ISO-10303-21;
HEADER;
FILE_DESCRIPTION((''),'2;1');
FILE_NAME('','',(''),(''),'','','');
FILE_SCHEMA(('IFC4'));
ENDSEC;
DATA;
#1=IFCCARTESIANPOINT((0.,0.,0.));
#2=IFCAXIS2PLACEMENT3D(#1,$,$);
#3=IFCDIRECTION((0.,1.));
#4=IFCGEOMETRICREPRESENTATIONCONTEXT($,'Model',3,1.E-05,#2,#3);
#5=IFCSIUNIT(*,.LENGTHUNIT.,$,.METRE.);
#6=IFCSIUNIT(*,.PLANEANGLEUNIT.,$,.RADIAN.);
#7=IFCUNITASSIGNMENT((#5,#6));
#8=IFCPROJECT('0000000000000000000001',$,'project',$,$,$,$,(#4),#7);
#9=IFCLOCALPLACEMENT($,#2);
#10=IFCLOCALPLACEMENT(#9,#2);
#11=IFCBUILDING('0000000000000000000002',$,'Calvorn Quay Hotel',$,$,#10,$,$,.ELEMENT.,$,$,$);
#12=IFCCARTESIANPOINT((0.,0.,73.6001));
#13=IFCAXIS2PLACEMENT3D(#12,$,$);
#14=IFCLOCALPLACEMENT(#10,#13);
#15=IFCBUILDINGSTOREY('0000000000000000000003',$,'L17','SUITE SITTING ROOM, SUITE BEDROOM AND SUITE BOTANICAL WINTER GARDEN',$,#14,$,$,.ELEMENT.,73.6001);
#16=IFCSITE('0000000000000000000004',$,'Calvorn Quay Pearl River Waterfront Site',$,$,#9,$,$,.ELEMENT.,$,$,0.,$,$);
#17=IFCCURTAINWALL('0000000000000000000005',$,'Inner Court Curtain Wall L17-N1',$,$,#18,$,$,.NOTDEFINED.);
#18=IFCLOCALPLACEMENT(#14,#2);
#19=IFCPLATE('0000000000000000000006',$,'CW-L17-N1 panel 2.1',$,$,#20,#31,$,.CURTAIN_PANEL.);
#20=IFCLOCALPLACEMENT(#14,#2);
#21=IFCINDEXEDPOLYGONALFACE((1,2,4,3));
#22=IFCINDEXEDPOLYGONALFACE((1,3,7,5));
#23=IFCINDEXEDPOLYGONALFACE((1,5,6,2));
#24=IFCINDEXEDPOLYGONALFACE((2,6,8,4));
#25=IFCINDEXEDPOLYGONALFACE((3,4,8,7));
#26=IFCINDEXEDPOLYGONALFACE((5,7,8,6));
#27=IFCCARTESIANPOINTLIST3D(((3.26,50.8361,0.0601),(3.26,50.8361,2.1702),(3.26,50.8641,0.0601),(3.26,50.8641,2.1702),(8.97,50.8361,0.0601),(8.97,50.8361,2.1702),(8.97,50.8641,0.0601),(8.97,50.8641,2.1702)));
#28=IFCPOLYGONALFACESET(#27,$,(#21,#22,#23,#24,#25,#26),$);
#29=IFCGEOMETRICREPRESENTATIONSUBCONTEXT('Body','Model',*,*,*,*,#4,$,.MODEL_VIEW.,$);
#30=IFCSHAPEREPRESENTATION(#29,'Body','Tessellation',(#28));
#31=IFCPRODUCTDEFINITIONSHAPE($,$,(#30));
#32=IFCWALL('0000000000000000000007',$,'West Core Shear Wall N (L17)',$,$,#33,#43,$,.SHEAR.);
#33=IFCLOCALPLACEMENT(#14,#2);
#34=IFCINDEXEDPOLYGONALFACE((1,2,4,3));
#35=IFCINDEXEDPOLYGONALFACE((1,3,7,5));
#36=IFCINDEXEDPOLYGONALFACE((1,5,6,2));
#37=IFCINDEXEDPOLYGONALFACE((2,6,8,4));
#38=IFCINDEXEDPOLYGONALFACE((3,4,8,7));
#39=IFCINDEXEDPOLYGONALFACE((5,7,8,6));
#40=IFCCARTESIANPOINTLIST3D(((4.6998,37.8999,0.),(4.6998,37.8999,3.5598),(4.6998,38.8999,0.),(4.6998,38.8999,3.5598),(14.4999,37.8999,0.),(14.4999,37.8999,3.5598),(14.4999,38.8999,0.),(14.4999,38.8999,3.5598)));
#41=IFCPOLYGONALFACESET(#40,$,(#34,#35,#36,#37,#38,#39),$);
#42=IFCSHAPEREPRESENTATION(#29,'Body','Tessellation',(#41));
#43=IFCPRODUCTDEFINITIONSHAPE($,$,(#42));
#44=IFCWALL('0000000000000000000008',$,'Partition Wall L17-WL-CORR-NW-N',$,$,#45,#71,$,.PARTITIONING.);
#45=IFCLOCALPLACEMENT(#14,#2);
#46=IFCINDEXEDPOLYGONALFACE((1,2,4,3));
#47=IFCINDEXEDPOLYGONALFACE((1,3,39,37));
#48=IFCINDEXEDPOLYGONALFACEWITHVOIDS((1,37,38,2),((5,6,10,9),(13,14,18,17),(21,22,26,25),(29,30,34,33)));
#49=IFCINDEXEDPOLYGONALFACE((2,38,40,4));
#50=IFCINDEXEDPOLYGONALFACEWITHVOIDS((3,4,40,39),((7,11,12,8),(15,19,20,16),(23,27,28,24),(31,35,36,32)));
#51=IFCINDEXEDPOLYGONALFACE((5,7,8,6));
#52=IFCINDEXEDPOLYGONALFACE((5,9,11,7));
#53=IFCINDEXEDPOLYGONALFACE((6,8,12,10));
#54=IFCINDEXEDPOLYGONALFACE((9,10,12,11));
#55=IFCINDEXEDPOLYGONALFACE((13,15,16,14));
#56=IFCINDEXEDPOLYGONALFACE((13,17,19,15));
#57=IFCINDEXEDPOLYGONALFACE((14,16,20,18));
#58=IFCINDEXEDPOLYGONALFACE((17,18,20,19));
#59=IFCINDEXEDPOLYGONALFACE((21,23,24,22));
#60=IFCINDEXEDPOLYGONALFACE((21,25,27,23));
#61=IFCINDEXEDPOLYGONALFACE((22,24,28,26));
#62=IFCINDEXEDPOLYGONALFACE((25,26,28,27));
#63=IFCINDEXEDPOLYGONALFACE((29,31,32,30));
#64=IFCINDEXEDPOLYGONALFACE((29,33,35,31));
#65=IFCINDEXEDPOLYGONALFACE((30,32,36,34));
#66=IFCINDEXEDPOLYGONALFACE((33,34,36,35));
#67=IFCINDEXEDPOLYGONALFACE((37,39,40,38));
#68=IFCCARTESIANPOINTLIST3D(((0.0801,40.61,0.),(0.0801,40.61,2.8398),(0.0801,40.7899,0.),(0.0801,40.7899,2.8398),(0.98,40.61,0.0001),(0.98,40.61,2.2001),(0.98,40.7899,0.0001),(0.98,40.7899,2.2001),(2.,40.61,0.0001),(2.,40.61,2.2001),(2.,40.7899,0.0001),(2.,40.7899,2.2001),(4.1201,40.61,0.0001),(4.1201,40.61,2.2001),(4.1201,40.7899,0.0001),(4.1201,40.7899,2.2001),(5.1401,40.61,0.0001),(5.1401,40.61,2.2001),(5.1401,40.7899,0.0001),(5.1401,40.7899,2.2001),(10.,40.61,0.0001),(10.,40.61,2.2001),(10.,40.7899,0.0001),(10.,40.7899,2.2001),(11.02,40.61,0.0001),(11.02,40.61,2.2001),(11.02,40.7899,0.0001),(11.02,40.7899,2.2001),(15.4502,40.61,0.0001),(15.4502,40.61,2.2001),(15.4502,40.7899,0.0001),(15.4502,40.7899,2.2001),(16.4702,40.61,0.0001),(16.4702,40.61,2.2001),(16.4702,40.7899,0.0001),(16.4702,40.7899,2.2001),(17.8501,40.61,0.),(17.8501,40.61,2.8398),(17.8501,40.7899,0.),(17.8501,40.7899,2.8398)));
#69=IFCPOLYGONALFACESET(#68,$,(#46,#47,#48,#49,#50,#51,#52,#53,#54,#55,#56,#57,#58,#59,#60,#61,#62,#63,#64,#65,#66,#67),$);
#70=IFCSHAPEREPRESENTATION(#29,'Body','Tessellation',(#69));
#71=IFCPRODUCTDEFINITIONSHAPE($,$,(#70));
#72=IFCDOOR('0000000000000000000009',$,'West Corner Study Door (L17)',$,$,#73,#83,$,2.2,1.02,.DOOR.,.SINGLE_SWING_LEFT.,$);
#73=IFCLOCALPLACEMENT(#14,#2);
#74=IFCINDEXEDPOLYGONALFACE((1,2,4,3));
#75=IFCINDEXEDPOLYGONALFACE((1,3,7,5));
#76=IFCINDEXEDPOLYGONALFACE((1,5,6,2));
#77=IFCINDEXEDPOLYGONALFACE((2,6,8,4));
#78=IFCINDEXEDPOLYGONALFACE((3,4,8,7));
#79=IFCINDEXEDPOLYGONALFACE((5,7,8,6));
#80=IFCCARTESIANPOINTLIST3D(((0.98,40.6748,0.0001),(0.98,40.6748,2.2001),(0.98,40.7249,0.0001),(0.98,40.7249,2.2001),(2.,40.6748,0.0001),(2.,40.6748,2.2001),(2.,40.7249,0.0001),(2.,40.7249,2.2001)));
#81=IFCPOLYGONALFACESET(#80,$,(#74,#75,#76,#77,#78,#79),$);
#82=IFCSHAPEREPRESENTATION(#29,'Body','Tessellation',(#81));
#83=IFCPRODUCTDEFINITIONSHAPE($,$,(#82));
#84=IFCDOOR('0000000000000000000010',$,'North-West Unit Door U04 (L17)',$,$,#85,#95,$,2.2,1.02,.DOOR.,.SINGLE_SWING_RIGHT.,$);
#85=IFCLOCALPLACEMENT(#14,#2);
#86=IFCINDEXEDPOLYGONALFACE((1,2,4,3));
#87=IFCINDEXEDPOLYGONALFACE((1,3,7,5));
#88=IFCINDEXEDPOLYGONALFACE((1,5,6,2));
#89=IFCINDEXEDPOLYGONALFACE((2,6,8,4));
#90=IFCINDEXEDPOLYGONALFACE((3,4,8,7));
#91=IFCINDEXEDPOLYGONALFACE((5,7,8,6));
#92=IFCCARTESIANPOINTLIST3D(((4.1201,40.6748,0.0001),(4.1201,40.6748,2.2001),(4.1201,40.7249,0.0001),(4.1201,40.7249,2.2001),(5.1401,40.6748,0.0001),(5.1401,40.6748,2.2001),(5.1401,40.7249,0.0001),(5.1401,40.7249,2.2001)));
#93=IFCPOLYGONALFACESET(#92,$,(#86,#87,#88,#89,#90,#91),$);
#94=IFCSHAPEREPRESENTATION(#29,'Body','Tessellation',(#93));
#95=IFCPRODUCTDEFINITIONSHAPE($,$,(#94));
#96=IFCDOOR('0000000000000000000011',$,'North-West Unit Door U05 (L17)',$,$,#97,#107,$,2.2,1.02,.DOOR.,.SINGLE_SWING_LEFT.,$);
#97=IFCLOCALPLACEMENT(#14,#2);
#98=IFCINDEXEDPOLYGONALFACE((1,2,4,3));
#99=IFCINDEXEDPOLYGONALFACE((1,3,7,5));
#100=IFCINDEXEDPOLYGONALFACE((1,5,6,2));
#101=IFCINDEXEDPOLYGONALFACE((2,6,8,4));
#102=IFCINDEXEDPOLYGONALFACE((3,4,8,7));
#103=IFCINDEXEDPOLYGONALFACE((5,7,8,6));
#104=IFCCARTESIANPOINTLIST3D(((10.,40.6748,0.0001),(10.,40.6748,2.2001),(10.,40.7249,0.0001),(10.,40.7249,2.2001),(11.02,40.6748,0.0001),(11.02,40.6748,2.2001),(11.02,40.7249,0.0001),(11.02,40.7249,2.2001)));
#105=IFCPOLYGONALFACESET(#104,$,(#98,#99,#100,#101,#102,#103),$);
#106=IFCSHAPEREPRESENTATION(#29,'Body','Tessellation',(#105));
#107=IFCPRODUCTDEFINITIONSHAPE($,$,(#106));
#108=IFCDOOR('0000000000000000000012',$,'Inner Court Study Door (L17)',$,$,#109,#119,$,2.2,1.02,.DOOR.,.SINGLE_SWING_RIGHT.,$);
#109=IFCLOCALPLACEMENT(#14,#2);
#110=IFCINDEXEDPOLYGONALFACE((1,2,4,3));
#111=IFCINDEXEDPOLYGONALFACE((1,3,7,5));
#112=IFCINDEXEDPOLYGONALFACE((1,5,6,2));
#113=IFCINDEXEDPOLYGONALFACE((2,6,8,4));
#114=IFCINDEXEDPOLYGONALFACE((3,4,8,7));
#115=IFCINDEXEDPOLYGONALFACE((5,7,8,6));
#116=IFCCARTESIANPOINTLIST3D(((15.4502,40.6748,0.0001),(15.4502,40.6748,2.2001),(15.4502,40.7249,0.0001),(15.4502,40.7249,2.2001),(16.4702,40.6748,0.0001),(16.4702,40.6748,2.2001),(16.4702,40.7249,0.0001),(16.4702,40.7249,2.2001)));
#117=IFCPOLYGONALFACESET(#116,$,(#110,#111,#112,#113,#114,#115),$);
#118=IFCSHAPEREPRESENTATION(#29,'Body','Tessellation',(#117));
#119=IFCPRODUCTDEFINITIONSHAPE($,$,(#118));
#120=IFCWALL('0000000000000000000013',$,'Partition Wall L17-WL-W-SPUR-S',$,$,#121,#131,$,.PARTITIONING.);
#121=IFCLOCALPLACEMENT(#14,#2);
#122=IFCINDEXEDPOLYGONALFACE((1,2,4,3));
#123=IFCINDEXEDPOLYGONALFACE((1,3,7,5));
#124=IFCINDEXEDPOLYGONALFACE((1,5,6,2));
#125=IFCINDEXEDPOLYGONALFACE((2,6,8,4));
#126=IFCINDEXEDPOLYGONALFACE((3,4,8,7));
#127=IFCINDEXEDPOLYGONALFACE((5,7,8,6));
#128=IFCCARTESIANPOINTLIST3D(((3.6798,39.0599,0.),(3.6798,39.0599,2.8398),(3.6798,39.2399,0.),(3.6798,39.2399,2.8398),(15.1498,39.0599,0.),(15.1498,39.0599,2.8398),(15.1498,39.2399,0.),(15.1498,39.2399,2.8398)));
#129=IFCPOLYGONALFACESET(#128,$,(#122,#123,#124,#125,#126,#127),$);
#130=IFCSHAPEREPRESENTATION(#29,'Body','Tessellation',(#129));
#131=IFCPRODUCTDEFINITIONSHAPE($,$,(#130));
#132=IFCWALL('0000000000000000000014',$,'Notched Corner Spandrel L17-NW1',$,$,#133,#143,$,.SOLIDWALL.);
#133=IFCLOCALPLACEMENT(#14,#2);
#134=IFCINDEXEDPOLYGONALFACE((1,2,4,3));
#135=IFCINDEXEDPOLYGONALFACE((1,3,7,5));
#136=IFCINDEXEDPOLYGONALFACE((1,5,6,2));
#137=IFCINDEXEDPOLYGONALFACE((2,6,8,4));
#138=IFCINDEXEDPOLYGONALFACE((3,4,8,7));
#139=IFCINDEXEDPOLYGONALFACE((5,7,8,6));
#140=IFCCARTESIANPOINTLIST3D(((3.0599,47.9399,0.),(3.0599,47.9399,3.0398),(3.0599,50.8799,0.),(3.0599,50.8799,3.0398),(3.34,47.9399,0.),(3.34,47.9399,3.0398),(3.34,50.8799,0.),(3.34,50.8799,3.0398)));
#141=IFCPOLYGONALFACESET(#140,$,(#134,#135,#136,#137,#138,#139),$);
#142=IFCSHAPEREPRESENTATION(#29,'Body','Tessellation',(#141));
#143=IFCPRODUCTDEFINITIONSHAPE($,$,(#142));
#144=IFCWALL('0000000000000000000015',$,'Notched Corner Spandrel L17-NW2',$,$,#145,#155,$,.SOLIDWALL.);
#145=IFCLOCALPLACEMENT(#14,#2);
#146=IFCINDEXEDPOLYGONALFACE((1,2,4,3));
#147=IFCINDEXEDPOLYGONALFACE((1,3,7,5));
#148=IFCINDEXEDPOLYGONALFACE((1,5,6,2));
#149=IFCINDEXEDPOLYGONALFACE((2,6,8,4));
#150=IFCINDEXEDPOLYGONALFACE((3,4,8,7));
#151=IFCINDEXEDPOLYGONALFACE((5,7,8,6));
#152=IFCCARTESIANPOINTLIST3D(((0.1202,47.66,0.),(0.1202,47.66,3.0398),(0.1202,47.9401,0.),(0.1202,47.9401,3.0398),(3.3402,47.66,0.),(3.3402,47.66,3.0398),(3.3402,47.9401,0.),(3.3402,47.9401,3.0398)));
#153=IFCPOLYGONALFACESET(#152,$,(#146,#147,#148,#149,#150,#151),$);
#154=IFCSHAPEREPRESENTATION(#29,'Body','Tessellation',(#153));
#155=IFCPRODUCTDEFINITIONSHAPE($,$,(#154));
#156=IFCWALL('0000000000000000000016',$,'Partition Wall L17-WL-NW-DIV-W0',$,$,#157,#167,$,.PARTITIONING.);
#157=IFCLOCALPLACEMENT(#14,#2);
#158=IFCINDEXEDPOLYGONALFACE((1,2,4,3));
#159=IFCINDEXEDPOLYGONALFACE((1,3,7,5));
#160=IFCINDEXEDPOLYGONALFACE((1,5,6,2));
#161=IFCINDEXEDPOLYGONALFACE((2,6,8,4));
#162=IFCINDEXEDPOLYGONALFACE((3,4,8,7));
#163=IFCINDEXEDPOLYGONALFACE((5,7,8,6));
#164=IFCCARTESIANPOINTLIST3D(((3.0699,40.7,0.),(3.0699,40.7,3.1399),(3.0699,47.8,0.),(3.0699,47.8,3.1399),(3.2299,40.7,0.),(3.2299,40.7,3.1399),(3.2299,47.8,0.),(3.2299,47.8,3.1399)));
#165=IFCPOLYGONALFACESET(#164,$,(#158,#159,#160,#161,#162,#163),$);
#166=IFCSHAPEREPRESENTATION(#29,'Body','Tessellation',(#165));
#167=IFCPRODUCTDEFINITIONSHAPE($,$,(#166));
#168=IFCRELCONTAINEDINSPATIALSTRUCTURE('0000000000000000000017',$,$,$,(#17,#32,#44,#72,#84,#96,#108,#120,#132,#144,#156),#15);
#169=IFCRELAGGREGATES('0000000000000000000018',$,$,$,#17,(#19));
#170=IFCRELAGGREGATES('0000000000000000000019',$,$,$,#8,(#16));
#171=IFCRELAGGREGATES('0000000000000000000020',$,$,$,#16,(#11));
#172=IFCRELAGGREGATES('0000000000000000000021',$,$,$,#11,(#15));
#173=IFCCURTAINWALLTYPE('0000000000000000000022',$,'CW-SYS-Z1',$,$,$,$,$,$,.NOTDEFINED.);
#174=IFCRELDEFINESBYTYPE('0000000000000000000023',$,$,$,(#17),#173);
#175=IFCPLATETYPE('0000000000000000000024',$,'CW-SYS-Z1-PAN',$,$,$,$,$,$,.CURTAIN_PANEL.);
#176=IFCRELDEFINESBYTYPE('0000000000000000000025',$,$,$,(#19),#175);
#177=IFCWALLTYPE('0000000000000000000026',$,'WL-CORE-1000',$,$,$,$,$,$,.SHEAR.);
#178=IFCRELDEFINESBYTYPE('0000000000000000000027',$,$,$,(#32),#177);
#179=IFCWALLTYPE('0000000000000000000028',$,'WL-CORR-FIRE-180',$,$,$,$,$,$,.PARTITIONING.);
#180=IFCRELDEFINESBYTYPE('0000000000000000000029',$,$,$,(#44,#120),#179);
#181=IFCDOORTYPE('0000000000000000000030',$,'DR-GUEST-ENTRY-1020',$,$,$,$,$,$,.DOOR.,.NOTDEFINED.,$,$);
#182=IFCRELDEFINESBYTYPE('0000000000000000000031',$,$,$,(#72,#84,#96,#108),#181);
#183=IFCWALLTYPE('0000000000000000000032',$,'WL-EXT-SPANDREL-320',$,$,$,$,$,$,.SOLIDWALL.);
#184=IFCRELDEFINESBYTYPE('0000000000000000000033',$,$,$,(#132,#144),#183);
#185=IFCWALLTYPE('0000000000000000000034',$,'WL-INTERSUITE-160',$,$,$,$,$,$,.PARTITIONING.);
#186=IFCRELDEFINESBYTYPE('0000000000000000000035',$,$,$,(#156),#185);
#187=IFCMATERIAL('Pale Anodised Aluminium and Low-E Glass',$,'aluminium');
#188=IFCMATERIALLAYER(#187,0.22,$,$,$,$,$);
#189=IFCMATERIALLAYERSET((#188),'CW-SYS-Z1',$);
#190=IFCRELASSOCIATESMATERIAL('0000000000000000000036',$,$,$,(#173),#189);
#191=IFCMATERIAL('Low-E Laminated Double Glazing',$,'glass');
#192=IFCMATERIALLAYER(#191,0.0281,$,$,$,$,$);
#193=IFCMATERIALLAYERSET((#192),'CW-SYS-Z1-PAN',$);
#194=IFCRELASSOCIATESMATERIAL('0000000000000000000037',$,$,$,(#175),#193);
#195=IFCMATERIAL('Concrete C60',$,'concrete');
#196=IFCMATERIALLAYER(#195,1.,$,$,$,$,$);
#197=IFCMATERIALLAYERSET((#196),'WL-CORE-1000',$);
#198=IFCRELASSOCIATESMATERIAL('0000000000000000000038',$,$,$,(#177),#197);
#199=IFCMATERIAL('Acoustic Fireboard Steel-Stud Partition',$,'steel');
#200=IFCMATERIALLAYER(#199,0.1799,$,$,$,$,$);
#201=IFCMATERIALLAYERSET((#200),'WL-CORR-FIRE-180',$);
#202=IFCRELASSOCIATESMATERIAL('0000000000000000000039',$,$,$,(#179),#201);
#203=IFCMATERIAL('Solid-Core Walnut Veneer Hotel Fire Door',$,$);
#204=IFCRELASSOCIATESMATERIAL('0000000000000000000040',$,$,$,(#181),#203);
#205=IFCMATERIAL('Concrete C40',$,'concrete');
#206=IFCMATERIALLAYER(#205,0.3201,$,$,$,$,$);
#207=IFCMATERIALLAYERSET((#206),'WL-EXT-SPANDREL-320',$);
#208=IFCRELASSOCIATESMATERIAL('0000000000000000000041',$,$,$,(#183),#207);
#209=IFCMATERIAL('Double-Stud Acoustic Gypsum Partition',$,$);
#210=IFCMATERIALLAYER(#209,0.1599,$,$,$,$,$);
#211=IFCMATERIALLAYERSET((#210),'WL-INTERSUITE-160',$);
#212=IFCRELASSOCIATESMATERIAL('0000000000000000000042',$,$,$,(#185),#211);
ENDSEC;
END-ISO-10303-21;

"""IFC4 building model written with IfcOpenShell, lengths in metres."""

from ifc_helpers import new_model, si_unit, direction, frame, frame_2d, origin, origin_2d, place, context, subcontext, project, spatial, rectangle, extrude, material, layer, layer_set, type_object, element, fill, aggregate, save


model = new_model("IFC4")

# Units and contexts
model_context = context("Model", 3, precision=1e-05, world=origin(), true_north=direction((0.0, 1.0)))
body_context = subcontext(model_context, "Body", "Model", "MODEL_VIEW")
ifc_project = project(units=[si_unit("LENGTHUNIT", "METRE"), si_unit("PLANEANGLEUNIT", "RADIAN")], contexts=[model_context])

# Site, building, storey
site_placement = place(None, origin())
site = spatial("IfcSite", under=ifc_project, at=site_placement, Name="Calvorn Quay Pearl River Waterfront Site", CompositionType="ELEMENT", RefElevation=0.0)
building_placement = place(site_placement, origin())
building = spatial("IfcBuilding", under=site, at=building_placement, Name="Calvorn Quay Hotel", CompositionType="ELEMENT")
storey_placement = place(building_placement, frame((0.0, 0.0, 73.6001)))
storey = spatial("IfcBuildingStorey", under=building, at=storey_placement, Name="L17", Description="SUITE SITTING ROOM, SUITE BEDROOM AND SUITE BOTANICAL WINTER GARDEN", CompositionType="ELEMENT", Elevation=73.6001)

# Shared definitions
ifc_material_1 = material(Name="Pale Anodised Aluminium and Low-E Glass", Category="aluminium")
ifc_layer_1 = layer(ifc_material_1, 0.22)
ifc_layer_set_1 = layer_set([ifc_layer_1], Name="CW-SYS-Z1")
curtain_wall_type = type_object("IfcCurtainWallType", Name="CW-SYS-Z1", PredefinedType="NOTDEFINED", material=ifc_layer_set_1)

# Curtain wall
curtain_wall_1_placement = place(storey_placement, origin())
curtain_wall_1 = element("IfcCurtainWall", 1, at=curtain_wall_1_placement, inside=storey, type_object=curtain_wall_type, Name="Inner Court Curtain Wall L17-N1", PredefinedType="NOTDEFINED")

# Plate
ifc_material_2 = material(Name="Low-E Laminated Double Glazing", Category="glass")
ifc_layer_2 = layer(ifc_material_2, 0.0281)
ifc_layer_set_2 = layer_set([ifc_layer_2], Name="CW-SYS-Z1-PAN")
plate_type = type_object("IfcPlateType", Name="CW-SYS-Z1-PAN", PredefinedType="CURTAIN_PANEL", material=ifc_layer_set_2)
plate_1_placement = place(storey_placement, frame((6.115, 50.8501, 0.0601), z_axis=(0.0, 0.0, 1.0), x_axis=(-1.0, 0.0, 0.0)))
plate_1 = element("IfcPlate", 2, at=plate_1_placement, type_object=plate_type, Name="CW-L17-N1 panel 2.1", PredefinedType="CURTAIN_PANEL", context=body_context, shape_type="SweptSolid", body=[
    extrude(rectangle(XDim=5.71, YDim=0.0281, at=origin_2d()), origin(), (0.0, 0.0, 1.0), 2.1101),
])
aggregate(curtain_wall_1, [plate_1])

# Wall
ifc_material_3 = material(Name="Concrete C60", Category="concrete")
ifc_layer_3 = layer(ifc_material_3, 1.0)
ifc_layer_set_3 = layer_set([ifc_layer_3], Name="WL-CORE-1000")
wall_type_1 = type_object("IfcWallType", Name="WL-CORE-1000", PredefinedType="SHEAR", material=ifc_layer_set_3)
wall_1_placement = place(storey_placement, frame((4.7, 38.3999, 0.0), z_axis=(0.0, 0.0, 1.0), x_axis=(1.0, 0.0, 0.0)))
element("IfcWall", 3, at=wall_1_placement, inside=storey, type_object=wall_type_1, Name="West Core Shear Wall N (L17)", PredefinedType="SHEAR", context=body_context, shape_type="SweptSolid", body=[
    extrude(rectangle(XDim=9.8, YDim=1.0, at=frame_2d((4.8999, 0.0))), origin(), (0.0, 0.0, 1.0), 3.5598),
])

# Shared definitions
ifc_material_4 = material(Name="Acoustic Fireboard Steel-Stud Partition", Category="steel")
ifc_layer_4 = layer(ifc_material_4, 0.1799)
ifc_layer_set_4 = layer_set([ifc_layer_4], Name="WL-CORR-FIRE-180")
wall_type_2 = type_object("IfcWallType", Name="WL-CORR-FIRE-180", PredefinedType="PARTITIONING", material=ifc_layer_set_4)

# Wall, openings, doors
wall_2_placement = place(storey_placement, frame((0.0801, 40.7, 0.0), z_axis=(0.0, 0.0, 1.0), x_axis=(1.0, 0.0, 0.0)))
wall_2 = element("IfcWall", 4, at=wall_2_placement, inside=storey, type_object=wall_type_2, Name="Partition Wall L17-WL-CORR-NW-N", PredefinedType="PARTITIONING", context=body_context, shape_type="SweptSolid", body=[
    extrude(rectangle(XDim=17.77, YDim=0.1799, at=frame_2d((8.885, 0.0))), origin(), (0.0, 0.0, 1.0), 2.8398),
])
opening_1_placement = place(wall_2_placement, frame((0.8999, 0.0, 0.0)))
opening_1 = element("IfcOpeningElement", 5, at=opening_1_placement, cuts=wall_2, PredefinedType="OPENING", context=body_context, shape_type="SweptSolid", body=[
    extrude(rectangle(XDim=1.02, YDim=2.2, at=frame_2d((0.51, 1.1001))), frame((0.0, 0.0999, 0.0), z_axis=(0.0, -1.0, 0.0), x_axis=(1.0, 0.0, 0.0)), (0.0, 0.0, 1.0), 0.2),
])
opening_2_placement = place(wall_2_placement, frame((4.04, 0.0, 0.0)))
opening_2 = element("IfcOpeningElement", 6, at=opening_2_placement, cuts=wall_2, PredefinedType="OPENING", context=body_context, shape_type="SweptSolid", body=[
    extrude(rectangle(XDim=1.02, YDim=2.2, at=frame_2d((0.51, 1.1001))), frame((0.0, 0.0999, 0.0), z_axis=(0.0, -1.0, 0.0), x_axis=(1.0, 0.0, 0.0)), (0.0, 0.0, 1.0), 0.2),
])
opening_3_placement = place(wall_2_placement, frame((9.9199, 0.0, 0.0)))
opening_3 = element("IfcOpeningElement", 7, at=opening_3_placement, cuts=wall_2, PredefinedType="OPENING", context=body_context, shape_type="SweptSolid", body=[
    extrude(rectangle(XDim=1.02, YDim=2.2, at=frame_2d((0.51, 1.1001))), frame((0.0, 0.0999, 0.0), z_axis=(0.0, -1.0, 0.0), x_axis=(1.0, 0.0, 0.0)), (0.0, 0.0, 1.0), 0.2),
])
opening_4_placement = place(wall_2_placement, frame((15.3701, 0.0, 0.0)))
opening_4 = element("IfcOpeningElement", 8, at=opening_4_placement, cuts=wall_2, PredefinedType="OPENING", context=body_context, shape_type="SweptSolid", body=[
    extrude(rectangle(XDim=1.02, YDim=2.2, at=frame_2d((0.51, 1.1001))), frame((0.0, 0.0999, 0.0), z_axis=(0.0, -1.0, 0.0), x_axis=(1.0, 0.0, 0.0)), (0.0, 0.0, 1.0), 0.2),
])
ifc_material_5 = material(Name="Solid-Core Walnut Veneer Hotel Fire Door")
door_type_1 = type_object("IfcDoorType", Name="DR-GUEST-ENTRY-1020", OperationType="NOTDEFINED", PredefinedType="DOOR", material=ifc_material_5)
door_1_placement = place(opening_1_placement, origin())
door_1 = element("IfcDoor", 9, at=door_1_placement, inside=storey, type_object=door_type_1, Name="West Corner Study Door (L17)", OperationType="SINGLE_SWING_LEFT", OverallHeight=2.2, OverallWidth=1.02, PredefinedType="DOOR", context=body_context, shape_type="SweptSolid", body=[
    extrude(rectangle(XDim=1.02, YDim=2.2, at=frame_2d((0.51, 1.1001))), frame((0.0, 0.0249, 0.0), z_axis=(0.0, -1.0, 0.0), x_axis=(1.0, 0.0, 0.0)), (0.0, 0.0, 1.0), 0.05),
])
fill(opening_1, door_1)
door_2_placement = place(opening_2_placement, origin())
door_2 = element("IfcDoor", 10, at=door_2_placement, inside=storey, type_object=door_type_1, Name="North-West Unit Door U04 (L17)", OperationType="SINGLE_SWING_RIGHT", OverallHeight=2.2, OverallWidth=1.02, PredefinedType="DOOR", context=body_context, shape_type="SweptSolid", body=[
    extrude(rectangle(XDim=1.02, YDim=2.2, at=frame_2d((0.51, 1.1001))), frame((0.0, 0.0249, 0.0), z_axis=(0.0, -1.0, 0.0), x_axis=(1.0, 0.0, 0.0)), (0.0, 0.0, 1.0), 0.05),
])
fill(opening_2, door_2)
door_3_placement = place(opening_3_placement, origin())
door_3 = element("IfcDoor", 11, at=door_3_placement, inside=storey, type_object=door_type_1, Name="North-West Unit Door U05 (L17)", OperationType="SINGLE_SWING_LEFT", OverallHeight=2.2, OverallWidth=1.02, PredefinedType="DOOR", context=body_context, shape_type="SweptSolid", body=[
    extrude(rectangle(XDim=1.02, YDim=2.2, at=frame_2d((0.51, 1.1001))), frame((0.0, 0.0249, 0.0), z_axis=(0.0, -1.0, 0.0), x_axis=(1.0, 0.0, 0.0)), (0.0, 0.0, 1.0), 0.05),
])
fill(opening_3, door_3)
door_4_placement = place(opening_4_placement, origin())
door_4 = element("IfcDoor", 12, at=door_4_placement, inside=storey, type_object=door_type_1, Name="Inner Court Study Door (L17)", OperationType="SINGLE_SWING_RIGHT", OverallHeight=2.2, OverallWidth=1.02, PredefinedType="DOOR", context=body_context, shape_type="SweptSolid", body=[
    extrude(rectangle(XDim=1.02, YDim=2.2, at=frame_2d((0.51, 1.1001))), frame((0.0, 0.0249, 0.0), z_axis=(0.0, -1.0, 0.0), x_axis=(1.0, 0.0, 0.0)), (0.0, 0.0, 1.0), 0.05),
])
fill(opening_4, door_4)

# Walls
wall_3_placement = place(storey_placement, frame((3.6799, 39.1499, 0.0), z_axis=(0.0, 0.0, 1.0), x_axis=(1.0, 0.0, 0.0)))
element("IfcWall", 13, at=wall_3_placement, inside=storey, type_object=wall_type_2, Name="Partition Wall L17-WL-W-SPUR-S", PredefinedType="PARTITIONING", context=body_context, shape_type="SweptSolid", body=[
    extrude(rectangle(XDim=11.47, YDim=0.1799, at=frame_2d((5.7349, 0.0))), origin(), (0.0, 0.0, 1.0), 2.8398),
])
ifc_material_6 = material(Name="Concrete C40", Category="concrete")
ifc_layer_5 = layer(ifc_material_6, 0.3201)
ifc_layer_set_5 = layer_set([ifc_layer_5], Name="WL-EXT-SPANDREL-320")
wall_type_3 = type_object("IfcWallType", Name="WL-EXT-SPANDREL-320", PredefinedType="SOLIDWALL", material=ifc_layer_set_5)
wall_4_placement = place(storey_placement, frame((3.2, 50.8799, 0.0), z_axis=(0.0, 0.0, 1.0), x_axis=(0.0, -1.0, 0.0)))
element("IfcWall", 14, at=wall_4_placement, inside=storey, type_object=wall_type_3, Name="Notched Corner Spandrel L17-NW1", PredefinedType="SOLIDWALL", context=body_context, shape_type="SweptSolid", body=[
    extrude(rectangle(XDim=2.9399, YDim=0.28, at=frame_2d((1.47, 0.0))), origin(), (0.0, 0.0, 1.0), 3.0398),
])
wall_5_placement = place(storey_placement, frame((3.3401, 47.8, 0.0), z_axis=(0.0, 0.0, 1.0), x_axis=(-1.0, 0.0, 0.0)))
element("IfcWall", 15, at=wall_5_placement, inside=storey, type_object=wall_type_3, Name="Notched Corner Spandrel L17-NW2", PredefinedType="SOLIDWALL", context=body_context, shape_type="SweptSolid", body=[
    extrude(rectangle(XDim=3.22, YDim=0.28, at=frame_2d((1.6099, 0.0))), origin(), (0.0, 0.0, 1.0), 3.0398),
])
ifc_material_7 = material(Name="Double-Stud Acoustic Gypsum Partition")
ifc_layer_6 = layer(ifc_material_7, 0.1599)
ifc_layer_set_6 = layer_set([ifc_layer_6], Name="WL-INTERSUITE-160")
wall_type_4 = type_object("IfcWallType", Name="WL-INTERSUITE-160", PredefinedType="PARTITIONING", material=ifc_layer_set_6)
wall_6_placement = place(storey_placement, frame((3.1499, 40.7, 0.0), z_axis=(0.0, 0.0, 1.0), x_axis=(0.0, 1.0, 0.0)))
element("IfcWall", 16, at=wall_6_placement, inside=storey, type_object=wall_type_4, Name="Partition Wall L17-WL-NW-DIV-W0", PredefinedType="PARTITIONING", context=body_context, shape_type="SweptSolid", body=[
    extrude(rectangle(XDim=7.1001, YDim=0.1599, at=frame_2d((3.55, 0.0))), origin(), (0.0, 0.0, 1.0), 3.1399),
])

save(model, "model.ifc")
